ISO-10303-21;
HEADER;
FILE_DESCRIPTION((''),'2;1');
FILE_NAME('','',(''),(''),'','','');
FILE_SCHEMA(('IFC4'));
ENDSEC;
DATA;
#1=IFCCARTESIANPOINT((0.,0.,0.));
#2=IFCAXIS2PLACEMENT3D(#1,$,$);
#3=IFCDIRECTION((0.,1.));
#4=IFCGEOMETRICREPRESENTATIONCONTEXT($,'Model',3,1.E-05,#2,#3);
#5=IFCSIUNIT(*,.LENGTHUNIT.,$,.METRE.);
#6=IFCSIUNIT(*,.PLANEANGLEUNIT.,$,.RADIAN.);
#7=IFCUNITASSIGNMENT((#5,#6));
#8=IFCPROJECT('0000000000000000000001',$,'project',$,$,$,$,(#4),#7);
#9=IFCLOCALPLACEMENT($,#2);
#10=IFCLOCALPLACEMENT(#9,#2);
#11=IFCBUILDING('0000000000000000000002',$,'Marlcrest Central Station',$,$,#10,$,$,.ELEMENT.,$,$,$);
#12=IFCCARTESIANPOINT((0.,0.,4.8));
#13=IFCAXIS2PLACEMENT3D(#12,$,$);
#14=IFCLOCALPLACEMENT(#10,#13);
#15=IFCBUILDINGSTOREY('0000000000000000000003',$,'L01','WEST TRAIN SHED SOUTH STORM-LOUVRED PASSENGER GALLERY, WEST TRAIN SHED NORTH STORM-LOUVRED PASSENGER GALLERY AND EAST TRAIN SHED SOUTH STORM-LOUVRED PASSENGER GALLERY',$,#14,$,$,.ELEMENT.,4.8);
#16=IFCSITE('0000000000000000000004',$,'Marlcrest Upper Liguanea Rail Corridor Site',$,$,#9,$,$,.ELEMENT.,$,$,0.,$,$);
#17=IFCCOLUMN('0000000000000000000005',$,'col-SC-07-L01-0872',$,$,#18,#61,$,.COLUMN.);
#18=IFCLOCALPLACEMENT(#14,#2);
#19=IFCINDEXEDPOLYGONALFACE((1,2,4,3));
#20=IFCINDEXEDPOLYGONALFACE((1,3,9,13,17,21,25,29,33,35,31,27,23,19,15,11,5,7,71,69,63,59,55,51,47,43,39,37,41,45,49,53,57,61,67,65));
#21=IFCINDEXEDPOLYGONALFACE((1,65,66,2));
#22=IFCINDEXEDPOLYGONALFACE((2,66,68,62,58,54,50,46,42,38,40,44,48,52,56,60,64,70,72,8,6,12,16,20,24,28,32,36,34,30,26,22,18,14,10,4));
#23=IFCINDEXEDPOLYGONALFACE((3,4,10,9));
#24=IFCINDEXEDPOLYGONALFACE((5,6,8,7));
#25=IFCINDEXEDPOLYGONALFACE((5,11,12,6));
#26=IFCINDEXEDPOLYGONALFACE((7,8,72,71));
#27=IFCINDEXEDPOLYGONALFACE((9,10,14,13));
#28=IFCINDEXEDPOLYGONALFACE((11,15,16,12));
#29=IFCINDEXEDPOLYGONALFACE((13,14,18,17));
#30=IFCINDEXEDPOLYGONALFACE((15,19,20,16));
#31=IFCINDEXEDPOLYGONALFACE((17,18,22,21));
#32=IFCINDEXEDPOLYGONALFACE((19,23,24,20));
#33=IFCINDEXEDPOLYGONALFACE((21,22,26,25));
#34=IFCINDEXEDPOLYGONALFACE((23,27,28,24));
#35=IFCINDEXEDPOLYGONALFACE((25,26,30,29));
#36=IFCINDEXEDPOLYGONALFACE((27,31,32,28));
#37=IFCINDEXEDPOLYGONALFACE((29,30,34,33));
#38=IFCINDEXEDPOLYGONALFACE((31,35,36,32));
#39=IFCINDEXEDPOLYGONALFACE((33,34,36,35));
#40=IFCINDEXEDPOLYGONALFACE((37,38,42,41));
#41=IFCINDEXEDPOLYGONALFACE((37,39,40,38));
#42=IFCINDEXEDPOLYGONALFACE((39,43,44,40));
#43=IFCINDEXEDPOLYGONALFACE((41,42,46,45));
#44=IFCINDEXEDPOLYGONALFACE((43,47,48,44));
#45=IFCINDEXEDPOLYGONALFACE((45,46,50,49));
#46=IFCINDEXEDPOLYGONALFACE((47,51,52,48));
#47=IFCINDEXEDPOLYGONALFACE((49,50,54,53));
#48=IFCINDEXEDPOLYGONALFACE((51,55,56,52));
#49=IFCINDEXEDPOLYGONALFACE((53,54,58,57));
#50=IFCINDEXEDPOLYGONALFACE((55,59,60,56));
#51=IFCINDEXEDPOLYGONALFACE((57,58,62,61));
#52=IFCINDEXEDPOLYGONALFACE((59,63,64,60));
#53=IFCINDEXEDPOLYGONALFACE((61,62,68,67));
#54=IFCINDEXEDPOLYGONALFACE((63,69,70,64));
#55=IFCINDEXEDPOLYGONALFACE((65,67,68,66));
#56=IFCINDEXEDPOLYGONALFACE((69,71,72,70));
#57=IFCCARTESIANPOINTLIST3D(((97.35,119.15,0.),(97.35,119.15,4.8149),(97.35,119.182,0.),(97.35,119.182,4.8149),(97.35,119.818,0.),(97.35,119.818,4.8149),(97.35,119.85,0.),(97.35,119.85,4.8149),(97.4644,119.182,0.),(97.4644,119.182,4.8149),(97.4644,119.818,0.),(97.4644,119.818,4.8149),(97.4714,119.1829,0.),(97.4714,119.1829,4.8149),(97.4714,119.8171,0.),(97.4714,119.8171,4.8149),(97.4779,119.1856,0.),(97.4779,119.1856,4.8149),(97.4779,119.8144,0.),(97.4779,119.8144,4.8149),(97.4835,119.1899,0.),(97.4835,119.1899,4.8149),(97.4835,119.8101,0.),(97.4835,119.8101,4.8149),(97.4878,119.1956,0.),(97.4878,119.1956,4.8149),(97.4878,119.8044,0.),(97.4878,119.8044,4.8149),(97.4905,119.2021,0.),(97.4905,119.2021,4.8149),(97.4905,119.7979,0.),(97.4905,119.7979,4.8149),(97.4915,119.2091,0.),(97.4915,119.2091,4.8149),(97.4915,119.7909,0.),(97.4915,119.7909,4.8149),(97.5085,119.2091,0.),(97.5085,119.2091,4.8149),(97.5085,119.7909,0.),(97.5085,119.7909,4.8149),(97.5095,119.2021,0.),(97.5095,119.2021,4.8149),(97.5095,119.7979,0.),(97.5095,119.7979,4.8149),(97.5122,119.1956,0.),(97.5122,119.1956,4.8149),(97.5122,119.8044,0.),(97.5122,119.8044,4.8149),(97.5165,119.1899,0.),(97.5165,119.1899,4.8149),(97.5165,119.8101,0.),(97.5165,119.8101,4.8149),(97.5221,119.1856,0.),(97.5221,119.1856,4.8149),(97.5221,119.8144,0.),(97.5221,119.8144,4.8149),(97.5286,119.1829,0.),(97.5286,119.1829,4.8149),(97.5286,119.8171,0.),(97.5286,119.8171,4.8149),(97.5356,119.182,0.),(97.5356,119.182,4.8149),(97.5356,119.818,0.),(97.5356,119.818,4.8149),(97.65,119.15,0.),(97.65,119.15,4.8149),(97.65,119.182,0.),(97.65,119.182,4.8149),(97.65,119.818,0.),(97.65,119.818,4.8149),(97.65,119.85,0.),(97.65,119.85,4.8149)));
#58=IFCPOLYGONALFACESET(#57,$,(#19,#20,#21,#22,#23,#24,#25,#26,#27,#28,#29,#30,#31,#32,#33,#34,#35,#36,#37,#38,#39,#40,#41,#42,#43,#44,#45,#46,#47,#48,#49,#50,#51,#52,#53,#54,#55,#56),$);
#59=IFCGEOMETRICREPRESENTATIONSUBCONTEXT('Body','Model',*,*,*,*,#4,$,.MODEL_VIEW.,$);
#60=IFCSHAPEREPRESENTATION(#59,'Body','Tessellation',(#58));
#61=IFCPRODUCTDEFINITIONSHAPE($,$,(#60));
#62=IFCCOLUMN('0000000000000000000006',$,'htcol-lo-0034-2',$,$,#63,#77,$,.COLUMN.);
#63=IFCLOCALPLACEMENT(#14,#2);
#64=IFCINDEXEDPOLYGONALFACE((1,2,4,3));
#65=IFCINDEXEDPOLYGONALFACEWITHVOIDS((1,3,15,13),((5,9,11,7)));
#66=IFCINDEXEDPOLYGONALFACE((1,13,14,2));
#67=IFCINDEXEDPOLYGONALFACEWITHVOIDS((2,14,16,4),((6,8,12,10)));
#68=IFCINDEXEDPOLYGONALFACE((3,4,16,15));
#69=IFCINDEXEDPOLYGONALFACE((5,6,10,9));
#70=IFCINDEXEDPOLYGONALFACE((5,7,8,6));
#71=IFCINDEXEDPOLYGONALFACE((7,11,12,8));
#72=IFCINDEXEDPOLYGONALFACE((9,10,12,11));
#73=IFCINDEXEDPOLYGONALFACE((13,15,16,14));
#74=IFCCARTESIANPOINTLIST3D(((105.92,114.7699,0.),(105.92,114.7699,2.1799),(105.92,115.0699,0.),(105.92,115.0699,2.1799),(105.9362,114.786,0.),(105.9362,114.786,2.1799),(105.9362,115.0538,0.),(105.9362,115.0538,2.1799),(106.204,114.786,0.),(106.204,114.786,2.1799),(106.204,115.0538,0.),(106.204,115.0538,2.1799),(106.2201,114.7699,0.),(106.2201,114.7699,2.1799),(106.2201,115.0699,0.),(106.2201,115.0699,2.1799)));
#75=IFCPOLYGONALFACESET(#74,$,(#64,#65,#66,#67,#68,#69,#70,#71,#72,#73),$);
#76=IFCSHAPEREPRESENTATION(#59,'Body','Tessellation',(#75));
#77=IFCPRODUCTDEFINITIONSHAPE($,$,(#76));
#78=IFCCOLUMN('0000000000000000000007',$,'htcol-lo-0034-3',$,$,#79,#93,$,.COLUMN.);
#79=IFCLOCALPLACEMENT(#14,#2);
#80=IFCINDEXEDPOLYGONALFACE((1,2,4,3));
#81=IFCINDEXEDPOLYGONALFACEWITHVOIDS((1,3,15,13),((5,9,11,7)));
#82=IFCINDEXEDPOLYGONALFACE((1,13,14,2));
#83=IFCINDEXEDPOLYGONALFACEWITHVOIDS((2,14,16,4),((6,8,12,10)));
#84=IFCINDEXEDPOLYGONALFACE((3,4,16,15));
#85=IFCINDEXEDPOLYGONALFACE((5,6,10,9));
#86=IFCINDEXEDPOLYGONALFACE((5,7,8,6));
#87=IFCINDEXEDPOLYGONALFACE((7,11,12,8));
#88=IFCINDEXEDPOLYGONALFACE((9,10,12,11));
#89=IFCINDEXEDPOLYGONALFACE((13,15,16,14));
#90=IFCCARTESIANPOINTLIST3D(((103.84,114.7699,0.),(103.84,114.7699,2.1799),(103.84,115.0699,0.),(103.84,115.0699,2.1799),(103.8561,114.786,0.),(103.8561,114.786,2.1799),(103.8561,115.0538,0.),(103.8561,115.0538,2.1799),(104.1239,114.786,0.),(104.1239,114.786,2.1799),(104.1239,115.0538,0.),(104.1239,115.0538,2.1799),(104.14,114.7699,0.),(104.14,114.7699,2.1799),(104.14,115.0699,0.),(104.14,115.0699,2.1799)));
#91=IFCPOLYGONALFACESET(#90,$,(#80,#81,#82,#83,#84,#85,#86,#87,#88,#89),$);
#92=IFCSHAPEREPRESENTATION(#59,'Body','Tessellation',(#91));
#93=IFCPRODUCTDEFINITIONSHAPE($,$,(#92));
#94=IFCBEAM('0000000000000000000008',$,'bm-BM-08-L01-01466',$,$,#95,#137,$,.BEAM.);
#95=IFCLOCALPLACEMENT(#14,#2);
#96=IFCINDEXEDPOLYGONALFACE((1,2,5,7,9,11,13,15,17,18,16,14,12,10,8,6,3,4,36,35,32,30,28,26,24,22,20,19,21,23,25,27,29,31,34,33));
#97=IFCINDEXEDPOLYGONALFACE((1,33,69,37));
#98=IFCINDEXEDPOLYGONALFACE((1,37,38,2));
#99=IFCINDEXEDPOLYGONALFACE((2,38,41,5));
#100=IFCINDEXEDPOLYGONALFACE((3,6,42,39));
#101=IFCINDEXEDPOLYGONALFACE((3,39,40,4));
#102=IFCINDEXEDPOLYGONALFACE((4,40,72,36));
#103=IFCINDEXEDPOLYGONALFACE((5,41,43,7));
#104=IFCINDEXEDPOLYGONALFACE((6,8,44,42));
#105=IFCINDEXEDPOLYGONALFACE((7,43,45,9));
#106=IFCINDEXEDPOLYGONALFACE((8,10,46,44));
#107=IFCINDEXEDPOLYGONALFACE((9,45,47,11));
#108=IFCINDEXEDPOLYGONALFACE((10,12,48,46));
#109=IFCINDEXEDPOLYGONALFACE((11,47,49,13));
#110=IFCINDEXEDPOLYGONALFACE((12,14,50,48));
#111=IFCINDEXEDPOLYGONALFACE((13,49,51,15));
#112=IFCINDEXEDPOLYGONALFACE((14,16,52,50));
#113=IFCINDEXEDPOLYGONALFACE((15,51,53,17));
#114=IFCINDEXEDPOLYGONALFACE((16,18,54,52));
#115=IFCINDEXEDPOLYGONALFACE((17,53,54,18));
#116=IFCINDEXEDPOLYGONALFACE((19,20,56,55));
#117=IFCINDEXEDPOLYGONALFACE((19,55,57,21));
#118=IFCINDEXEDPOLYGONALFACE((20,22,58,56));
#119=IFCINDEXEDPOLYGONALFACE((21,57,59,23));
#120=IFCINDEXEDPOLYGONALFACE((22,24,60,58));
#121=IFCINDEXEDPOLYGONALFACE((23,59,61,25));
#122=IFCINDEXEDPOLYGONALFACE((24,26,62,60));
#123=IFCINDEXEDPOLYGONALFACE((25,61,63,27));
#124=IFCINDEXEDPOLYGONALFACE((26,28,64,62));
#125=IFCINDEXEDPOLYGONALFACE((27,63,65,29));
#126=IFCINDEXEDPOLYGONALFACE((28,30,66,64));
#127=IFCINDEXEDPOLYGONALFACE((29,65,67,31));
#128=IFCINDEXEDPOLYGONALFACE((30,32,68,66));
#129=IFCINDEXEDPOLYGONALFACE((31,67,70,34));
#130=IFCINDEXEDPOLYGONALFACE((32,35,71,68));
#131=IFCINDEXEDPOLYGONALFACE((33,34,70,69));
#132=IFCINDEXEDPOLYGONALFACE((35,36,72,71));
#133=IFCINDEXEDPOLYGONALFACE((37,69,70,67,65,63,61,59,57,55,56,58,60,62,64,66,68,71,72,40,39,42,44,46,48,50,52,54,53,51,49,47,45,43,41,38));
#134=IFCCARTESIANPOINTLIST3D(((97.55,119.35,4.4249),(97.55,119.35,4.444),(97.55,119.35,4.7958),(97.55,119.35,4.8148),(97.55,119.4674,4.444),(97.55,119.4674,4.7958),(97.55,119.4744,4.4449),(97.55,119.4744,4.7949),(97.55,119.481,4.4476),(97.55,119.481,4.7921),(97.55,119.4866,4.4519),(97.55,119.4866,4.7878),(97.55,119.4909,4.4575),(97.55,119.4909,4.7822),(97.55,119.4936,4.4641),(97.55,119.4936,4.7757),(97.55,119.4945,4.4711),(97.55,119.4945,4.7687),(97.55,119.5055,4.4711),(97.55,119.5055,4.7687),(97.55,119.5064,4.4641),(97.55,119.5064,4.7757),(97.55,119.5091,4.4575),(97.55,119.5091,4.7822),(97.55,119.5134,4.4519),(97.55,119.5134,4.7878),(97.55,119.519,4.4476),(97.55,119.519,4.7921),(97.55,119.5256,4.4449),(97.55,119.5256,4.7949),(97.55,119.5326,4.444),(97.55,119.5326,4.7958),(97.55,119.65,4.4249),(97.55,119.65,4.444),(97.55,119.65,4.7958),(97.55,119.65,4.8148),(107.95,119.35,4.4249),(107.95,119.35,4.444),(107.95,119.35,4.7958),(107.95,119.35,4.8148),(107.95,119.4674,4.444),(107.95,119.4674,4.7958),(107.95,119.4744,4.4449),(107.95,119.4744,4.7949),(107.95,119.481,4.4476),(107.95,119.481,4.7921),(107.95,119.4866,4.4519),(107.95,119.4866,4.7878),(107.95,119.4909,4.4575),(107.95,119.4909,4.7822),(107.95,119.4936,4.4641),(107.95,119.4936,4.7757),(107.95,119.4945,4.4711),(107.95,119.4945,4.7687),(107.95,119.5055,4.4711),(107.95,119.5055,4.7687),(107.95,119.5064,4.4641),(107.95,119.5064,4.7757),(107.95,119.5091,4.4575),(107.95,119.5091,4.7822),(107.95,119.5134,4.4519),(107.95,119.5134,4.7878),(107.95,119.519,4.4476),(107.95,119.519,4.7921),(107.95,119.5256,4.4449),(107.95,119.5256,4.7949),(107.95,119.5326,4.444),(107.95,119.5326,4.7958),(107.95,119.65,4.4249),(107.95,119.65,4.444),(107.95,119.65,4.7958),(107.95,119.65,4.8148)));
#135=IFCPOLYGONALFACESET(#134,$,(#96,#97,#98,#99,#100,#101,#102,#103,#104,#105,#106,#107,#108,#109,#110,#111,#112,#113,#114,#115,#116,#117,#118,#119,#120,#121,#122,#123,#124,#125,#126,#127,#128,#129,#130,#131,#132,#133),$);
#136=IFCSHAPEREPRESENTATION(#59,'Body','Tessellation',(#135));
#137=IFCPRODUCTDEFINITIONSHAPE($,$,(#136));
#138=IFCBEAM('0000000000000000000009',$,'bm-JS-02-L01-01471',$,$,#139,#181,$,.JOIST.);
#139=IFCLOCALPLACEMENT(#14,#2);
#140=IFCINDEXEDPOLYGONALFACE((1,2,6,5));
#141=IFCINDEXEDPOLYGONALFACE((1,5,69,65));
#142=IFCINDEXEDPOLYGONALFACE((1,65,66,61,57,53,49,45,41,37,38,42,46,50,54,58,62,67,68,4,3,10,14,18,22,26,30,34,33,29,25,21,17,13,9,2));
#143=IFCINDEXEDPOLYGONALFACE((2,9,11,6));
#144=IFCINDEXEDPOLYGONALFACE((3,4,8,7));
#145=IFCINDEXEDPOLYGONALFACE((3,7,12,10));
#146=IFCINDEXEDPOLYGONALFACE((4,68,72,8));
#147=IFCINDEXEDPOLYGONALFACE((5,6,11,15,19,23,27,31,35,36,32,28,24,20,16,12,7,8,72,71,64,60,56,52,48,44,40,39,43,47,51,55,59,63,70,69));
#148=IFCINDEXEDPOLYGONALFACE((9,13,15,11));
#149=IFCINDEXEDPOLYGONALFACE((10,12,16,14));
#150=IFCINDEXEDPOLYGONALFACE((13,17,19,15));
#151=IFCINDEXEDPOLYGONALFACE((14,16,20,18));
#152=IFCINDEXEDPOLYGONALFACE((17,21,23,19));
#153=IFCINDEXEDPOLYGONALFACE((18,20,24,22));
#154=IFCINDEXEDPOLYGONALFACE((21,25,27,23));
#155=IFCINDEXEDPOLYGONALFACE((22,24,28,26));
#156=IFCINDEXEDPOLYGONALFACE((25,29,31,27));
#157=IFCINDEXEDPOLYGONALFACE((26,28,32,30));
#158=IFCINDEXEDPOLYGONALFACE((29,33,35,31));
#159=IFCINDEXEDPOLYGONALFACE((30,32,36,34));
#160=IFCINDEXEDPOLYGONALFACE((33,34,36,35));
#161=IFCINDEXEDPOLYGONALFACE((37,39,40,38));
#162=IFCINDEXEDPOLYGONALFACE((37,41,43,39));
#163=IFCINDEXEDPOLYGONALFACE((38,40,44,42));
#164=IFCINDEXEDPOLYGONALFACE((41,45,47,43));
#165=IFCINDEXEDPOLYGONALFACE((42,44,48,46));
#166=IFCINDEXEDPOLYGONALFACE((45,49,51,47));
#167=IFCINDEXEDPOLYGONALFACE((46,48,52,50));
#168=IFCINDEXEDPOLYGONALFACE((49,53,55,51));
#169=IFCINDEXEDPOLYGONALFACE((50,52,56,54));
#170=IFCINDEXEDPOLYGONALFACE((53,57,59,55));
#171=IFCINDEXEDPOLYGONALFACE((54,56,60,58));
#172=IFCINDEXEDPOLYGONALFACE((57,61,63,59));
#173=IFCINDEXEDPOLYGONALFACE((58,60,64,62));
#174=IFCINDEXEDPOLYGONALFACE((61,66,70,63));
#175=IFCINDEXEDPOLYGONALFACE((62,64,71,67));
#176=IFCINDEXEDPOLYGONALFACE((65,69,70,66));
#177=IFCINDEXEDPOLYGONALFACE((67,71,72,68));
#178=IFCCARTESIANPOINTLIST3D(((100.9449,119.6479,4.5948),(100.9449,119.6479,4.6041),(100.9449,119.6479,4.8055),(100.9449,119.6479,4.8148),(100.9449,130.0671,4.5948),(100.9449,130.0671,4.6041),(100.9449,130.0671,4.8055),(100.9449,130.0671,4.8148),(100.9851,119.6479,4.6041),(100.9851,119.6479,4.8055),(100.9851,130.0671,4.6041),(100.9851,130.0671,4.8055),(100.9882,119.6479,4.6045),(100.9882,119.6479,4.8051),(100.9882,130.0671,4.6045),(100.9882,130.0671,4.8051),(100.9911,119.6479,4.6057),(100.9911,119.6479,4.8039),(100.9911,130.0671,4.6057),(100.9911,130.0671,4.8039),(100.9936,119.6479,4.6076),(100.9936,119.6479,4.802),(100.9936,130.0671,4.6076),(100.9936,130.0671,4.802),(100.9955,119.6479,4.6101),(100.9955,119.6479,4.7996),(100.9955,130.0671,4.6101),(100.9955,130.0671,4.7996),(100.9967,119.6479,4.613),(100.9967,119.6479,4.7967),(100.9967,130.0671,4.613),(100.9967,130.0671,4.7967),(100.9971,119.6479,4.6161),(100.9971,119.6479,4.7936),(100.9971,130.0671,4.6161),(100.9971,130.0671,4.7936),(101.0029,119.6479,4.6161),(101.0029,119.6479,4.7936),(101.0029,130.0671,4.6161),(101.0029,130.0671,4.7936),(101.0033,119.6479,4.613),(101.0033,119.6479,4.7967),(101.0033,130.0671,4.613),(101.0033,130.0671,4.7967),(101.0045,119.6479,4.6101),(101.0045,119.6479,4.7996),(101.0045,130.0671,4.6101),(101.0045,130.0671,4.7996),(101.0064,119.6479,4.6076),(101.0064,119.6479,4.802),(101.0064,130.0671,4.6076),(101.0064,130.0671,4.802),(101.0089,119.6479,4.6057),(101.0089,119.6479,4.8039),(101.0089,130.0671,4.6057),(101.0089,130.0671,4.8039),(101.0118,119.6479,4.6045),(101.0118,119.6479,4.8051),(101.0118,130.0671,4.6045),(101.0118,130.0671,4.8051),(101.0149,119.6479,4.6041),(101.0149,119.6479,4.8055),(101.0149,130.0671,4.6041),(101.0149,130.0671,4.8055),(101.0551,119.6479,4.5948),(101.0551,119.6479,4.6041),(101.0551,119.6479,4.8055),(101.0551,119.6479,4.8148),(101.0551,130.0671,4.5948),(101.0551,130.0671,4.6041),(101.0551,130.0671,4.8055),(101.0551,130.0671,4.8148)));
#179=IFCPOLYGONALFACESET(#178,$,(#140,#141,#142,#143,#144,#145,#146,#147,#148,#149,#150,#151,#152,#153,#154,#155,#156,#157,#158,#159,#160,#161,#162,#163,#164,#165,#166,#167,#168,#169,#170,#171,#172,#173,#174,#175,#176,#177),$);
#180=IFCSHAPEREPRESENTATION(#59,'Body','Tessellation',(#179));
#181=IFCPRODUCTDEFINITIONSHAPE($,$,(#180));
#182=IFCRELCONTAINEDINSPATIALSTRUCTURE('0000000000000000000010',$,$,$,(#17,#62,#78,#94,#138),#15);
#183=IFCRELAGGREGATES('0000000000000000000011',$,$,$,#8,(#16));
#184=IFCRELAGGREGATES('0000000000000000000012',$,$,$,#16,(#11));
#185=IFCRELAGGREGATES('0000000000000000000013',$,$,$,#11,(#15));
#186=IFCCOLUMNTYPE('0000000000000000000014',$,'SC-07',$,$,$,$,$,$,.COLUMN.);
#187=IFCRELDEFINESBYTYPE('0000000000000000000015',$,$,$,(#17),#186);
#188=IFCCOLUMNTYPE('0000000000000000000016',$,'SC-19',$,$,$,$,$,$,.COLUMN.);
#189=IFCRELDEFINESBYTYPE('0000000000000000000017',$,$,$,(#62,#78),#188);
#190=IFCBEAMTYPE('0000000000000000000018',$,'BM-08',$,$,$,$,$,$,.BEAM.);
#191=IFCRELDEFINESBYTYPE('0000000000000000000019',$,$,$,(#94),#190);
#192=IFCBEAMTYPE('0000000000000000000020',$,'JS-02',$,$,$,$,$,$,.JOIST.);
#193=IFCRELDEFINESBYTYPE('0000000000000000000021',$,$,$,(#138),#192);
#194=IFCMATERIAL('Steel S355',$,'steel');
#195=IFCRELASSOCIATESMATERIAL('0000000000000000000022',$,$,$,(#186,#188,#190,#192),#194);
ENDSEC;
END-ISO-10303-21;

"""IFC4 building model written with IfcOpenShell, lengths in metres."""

from ifc_helpers import new_model, si_unit, direction, frame, origin, origin_2d, place, context, subcontext, project, spatial, hollow_rectangle, i_section, extrude, material, material_profile, profile_set, type_object, element, save


model = new_model("IFC4")

# Units and contexts
model_context = context("Model", 3, precision=1e-05, world=origin(), true_north=direction((0.0, 1.0)))
body_context = subcontext(model_context, "Body", "Model", "MODEL_VIEW")
ifc_project = project(units=[si_unit("LENGTHUNIT", "METRE"), si_unit("PLANEANGLEUNIT", "RADIAN")], contexts=[model_context])

# Site, building, storey
site_placement = place(None, origin())
site = spatial("IfcSite", under=ifc_project, at=site_placement, Name="Marlcrest Upper Liguanea Rail Corridor Site", CompositionType="ELEMENT", RefElevation=0.0)
building_placement = place(site_placement, origin())
building = spatial("IfcBuilding", under=site, at=building_placement, Name="Marlcrest Central Station", CompositionType="ELEMENT")
storey_placement = place(building_placement, frame((0.0, 0.0, 4.8)))
storey = spatial("IfcBuildingStorey", under=building, at=storey_placement, Name="L01", Description="WEST TRAIN SHED SOUTH STORM-LOUVRED PASSENGER GALLERY, WEST TRAIN SHED NORTH STORM-LOUVRED PASSENGER GALLERY AND EAST TRAIN SHED SOUTH STORM-LOUVRED PASSENGER GALLERY", CompositionType="ELEMENT", Elevation=4.8)

# Columns
ifc_material_1 = material(Name="Steel S355", Category="steel")
ifc_material_profile_1 = material_profile(ifc_material_1, i_section(OverallWidth=0.3, OverallDepth=0.7, WebThickness=0.0171, FlangeThickness=0.032, FilletRadius=0.0271, at=origin_2d()), Name="HEB 700")
ifc_profile_set_1 = profile_set([ifc_material_profile_1], Name="Steel S355")
column_type_1 = type_object("IfcColumnType", Name="SC-07", PredefinedType="COLUMN", material=ifc_profile_set_1)
column_placement = place(storey_placement, frame((97.5, 119.5, 0.0), z_axis=(0.0, 0.0, 1.0), x_axis=(1.0, 0.0, 0.0)))
element("IfcColumn", 1, at=column_placement, inside=storey, type_object=column_type_1, Name="col-SC-07-L01-0872", PredefinedType="COLUMN", context=body_context, shape_type="SweptSolid", body=[
    extrude(i_section(OverallWidth=0.3, OverallDepth=0.7, WebThickness=0.0171, FlangeThickness=0.032, FilletRadius=0.0271, at=origin_2d()), origin(), (0.0, 0.0, 1.0), 4.8149),
])
ifc_material_profile_2 = material_profile(ifc_material_1, hollow_rectangle(XDim=0.3, YDim=0.3, WallThickness=0.0161, at=origin_2d()), Name="SHS 300x300x16")
ifc_profile_set_2 = profile_set([ifc_material_profile_2], Name="Steel S355")
column_type_2 = type_object("IfcColumnType", Name="SC-19", PredefinedType="COLUMN", material=ifc_profile_set_2)
for number, where, z_axis, x_axis, name in (
    (2, (106.0701, 114.9199, 0.0), (0.0, 0.0, 1.0), (1.0, 0.0, 0.0), "htcol-lo-0034-2"),
    (3, (103.99, 114.9199, 0.0), (0.0, 0.0, 1.0), (1.0, 0.0, 0.0), "htcol-lo-0034-3"),
):
    element("IfcColumn", number, at=place(storey_placement, frame(where, z_axis=z_axis, x_axis=x_axis)), inside=storey, type_object=column_type_2, Name=name, PredefinedType="COLUMN", context=body_context, shape_type="SweptSolid", body=[
        extrude(hollow_rectangle(XDim=0.3, YDim=0.3, WallThickness=0.0161, at=origin_2d()), origin(), (0.0, 0.0, 1.0), 2.1799),
    ])

# Beams
ifc_material_profile_3 = material_profile(ifc_material_1, i_section(OverallWidth=0.3, OverallDepth=0.3899, WebThickness=0.011, FlangeThickness=0.019, FilletRadius=0.0271, at=origin_2d()), Name="HEA 400")
ifc_profile_set_3 = profile_set([ifc_material_profile_3], Name="Steel S355")
beam_type_1 = type_object("IfcBeamType", Name="BM-08", PredefinedType="BEAM", material=ifc_profile_set_3)
beam_1_placement = place(storey_placement, frame((97.55, 119.5, 4.6199), z_axis=(1.0, 0.0, 0.0), x_axis=(0.0, 1.0, 0.0)))
element("IfcBeam", 4, at=beam_1_placement, inside=storey, type_object=beam_type_1, Name="bm-BM-08-L01-01466", PredefinedType="BEAM", context=body_context, shape_type="SweptSolid", body=[
    extrude(i_section(OverallWidth=0.3, OverallDepth=0.3899, WebThickness=0.011, FlangeThickness=0.019, FilletRadius=0.0271, at=origin_2d()), origin(), (0.0, 0.0, 1.0), 10.3999),
])
ifc_material_profile_4 = material_profile(ifc_material_1, i_section(OverallWidth=0.1101, OverallDepth=0.22, WebThickness=0.0059, FlangeThickness=0.0093, FilletRadius=0.012, at=origin_2d()), Name="IPE 220")
ifc_profile_set_4 = profile_set([ifc_material_profile_4], Name="Steel S355")
beam_type_2 = type_object("IfcBeamType", Name="JS-02", PredefinedType="JOIST", material=ifc_profile_set_4)
beam_2_placement = place(storey_placement, frame((101.0, 119.6479, 4.7048), z_axis=(0.0, 1.0, 0.0), x_axis=(-1.0, 0.0, 0.0)))
element("IfcBeam", 5, at=beam_2_placement, inside=storey, type_object=beam_type_2, Name="bm-JS-02-L01-01471", PredefinedType="JOIST", context=body_context, shape_type="SweptSolid", body=[
    extrude(i_section(OverallWidth=0.1101, OverallDepth=0.22, WebThickness=0.0059, FlangeThickness=0.0093, FilletRadius=0.012, at=origin_2d()), origin(), (0.0, 0.0, 1.0), 10.4192),
])

save(model, "model.ifc")
